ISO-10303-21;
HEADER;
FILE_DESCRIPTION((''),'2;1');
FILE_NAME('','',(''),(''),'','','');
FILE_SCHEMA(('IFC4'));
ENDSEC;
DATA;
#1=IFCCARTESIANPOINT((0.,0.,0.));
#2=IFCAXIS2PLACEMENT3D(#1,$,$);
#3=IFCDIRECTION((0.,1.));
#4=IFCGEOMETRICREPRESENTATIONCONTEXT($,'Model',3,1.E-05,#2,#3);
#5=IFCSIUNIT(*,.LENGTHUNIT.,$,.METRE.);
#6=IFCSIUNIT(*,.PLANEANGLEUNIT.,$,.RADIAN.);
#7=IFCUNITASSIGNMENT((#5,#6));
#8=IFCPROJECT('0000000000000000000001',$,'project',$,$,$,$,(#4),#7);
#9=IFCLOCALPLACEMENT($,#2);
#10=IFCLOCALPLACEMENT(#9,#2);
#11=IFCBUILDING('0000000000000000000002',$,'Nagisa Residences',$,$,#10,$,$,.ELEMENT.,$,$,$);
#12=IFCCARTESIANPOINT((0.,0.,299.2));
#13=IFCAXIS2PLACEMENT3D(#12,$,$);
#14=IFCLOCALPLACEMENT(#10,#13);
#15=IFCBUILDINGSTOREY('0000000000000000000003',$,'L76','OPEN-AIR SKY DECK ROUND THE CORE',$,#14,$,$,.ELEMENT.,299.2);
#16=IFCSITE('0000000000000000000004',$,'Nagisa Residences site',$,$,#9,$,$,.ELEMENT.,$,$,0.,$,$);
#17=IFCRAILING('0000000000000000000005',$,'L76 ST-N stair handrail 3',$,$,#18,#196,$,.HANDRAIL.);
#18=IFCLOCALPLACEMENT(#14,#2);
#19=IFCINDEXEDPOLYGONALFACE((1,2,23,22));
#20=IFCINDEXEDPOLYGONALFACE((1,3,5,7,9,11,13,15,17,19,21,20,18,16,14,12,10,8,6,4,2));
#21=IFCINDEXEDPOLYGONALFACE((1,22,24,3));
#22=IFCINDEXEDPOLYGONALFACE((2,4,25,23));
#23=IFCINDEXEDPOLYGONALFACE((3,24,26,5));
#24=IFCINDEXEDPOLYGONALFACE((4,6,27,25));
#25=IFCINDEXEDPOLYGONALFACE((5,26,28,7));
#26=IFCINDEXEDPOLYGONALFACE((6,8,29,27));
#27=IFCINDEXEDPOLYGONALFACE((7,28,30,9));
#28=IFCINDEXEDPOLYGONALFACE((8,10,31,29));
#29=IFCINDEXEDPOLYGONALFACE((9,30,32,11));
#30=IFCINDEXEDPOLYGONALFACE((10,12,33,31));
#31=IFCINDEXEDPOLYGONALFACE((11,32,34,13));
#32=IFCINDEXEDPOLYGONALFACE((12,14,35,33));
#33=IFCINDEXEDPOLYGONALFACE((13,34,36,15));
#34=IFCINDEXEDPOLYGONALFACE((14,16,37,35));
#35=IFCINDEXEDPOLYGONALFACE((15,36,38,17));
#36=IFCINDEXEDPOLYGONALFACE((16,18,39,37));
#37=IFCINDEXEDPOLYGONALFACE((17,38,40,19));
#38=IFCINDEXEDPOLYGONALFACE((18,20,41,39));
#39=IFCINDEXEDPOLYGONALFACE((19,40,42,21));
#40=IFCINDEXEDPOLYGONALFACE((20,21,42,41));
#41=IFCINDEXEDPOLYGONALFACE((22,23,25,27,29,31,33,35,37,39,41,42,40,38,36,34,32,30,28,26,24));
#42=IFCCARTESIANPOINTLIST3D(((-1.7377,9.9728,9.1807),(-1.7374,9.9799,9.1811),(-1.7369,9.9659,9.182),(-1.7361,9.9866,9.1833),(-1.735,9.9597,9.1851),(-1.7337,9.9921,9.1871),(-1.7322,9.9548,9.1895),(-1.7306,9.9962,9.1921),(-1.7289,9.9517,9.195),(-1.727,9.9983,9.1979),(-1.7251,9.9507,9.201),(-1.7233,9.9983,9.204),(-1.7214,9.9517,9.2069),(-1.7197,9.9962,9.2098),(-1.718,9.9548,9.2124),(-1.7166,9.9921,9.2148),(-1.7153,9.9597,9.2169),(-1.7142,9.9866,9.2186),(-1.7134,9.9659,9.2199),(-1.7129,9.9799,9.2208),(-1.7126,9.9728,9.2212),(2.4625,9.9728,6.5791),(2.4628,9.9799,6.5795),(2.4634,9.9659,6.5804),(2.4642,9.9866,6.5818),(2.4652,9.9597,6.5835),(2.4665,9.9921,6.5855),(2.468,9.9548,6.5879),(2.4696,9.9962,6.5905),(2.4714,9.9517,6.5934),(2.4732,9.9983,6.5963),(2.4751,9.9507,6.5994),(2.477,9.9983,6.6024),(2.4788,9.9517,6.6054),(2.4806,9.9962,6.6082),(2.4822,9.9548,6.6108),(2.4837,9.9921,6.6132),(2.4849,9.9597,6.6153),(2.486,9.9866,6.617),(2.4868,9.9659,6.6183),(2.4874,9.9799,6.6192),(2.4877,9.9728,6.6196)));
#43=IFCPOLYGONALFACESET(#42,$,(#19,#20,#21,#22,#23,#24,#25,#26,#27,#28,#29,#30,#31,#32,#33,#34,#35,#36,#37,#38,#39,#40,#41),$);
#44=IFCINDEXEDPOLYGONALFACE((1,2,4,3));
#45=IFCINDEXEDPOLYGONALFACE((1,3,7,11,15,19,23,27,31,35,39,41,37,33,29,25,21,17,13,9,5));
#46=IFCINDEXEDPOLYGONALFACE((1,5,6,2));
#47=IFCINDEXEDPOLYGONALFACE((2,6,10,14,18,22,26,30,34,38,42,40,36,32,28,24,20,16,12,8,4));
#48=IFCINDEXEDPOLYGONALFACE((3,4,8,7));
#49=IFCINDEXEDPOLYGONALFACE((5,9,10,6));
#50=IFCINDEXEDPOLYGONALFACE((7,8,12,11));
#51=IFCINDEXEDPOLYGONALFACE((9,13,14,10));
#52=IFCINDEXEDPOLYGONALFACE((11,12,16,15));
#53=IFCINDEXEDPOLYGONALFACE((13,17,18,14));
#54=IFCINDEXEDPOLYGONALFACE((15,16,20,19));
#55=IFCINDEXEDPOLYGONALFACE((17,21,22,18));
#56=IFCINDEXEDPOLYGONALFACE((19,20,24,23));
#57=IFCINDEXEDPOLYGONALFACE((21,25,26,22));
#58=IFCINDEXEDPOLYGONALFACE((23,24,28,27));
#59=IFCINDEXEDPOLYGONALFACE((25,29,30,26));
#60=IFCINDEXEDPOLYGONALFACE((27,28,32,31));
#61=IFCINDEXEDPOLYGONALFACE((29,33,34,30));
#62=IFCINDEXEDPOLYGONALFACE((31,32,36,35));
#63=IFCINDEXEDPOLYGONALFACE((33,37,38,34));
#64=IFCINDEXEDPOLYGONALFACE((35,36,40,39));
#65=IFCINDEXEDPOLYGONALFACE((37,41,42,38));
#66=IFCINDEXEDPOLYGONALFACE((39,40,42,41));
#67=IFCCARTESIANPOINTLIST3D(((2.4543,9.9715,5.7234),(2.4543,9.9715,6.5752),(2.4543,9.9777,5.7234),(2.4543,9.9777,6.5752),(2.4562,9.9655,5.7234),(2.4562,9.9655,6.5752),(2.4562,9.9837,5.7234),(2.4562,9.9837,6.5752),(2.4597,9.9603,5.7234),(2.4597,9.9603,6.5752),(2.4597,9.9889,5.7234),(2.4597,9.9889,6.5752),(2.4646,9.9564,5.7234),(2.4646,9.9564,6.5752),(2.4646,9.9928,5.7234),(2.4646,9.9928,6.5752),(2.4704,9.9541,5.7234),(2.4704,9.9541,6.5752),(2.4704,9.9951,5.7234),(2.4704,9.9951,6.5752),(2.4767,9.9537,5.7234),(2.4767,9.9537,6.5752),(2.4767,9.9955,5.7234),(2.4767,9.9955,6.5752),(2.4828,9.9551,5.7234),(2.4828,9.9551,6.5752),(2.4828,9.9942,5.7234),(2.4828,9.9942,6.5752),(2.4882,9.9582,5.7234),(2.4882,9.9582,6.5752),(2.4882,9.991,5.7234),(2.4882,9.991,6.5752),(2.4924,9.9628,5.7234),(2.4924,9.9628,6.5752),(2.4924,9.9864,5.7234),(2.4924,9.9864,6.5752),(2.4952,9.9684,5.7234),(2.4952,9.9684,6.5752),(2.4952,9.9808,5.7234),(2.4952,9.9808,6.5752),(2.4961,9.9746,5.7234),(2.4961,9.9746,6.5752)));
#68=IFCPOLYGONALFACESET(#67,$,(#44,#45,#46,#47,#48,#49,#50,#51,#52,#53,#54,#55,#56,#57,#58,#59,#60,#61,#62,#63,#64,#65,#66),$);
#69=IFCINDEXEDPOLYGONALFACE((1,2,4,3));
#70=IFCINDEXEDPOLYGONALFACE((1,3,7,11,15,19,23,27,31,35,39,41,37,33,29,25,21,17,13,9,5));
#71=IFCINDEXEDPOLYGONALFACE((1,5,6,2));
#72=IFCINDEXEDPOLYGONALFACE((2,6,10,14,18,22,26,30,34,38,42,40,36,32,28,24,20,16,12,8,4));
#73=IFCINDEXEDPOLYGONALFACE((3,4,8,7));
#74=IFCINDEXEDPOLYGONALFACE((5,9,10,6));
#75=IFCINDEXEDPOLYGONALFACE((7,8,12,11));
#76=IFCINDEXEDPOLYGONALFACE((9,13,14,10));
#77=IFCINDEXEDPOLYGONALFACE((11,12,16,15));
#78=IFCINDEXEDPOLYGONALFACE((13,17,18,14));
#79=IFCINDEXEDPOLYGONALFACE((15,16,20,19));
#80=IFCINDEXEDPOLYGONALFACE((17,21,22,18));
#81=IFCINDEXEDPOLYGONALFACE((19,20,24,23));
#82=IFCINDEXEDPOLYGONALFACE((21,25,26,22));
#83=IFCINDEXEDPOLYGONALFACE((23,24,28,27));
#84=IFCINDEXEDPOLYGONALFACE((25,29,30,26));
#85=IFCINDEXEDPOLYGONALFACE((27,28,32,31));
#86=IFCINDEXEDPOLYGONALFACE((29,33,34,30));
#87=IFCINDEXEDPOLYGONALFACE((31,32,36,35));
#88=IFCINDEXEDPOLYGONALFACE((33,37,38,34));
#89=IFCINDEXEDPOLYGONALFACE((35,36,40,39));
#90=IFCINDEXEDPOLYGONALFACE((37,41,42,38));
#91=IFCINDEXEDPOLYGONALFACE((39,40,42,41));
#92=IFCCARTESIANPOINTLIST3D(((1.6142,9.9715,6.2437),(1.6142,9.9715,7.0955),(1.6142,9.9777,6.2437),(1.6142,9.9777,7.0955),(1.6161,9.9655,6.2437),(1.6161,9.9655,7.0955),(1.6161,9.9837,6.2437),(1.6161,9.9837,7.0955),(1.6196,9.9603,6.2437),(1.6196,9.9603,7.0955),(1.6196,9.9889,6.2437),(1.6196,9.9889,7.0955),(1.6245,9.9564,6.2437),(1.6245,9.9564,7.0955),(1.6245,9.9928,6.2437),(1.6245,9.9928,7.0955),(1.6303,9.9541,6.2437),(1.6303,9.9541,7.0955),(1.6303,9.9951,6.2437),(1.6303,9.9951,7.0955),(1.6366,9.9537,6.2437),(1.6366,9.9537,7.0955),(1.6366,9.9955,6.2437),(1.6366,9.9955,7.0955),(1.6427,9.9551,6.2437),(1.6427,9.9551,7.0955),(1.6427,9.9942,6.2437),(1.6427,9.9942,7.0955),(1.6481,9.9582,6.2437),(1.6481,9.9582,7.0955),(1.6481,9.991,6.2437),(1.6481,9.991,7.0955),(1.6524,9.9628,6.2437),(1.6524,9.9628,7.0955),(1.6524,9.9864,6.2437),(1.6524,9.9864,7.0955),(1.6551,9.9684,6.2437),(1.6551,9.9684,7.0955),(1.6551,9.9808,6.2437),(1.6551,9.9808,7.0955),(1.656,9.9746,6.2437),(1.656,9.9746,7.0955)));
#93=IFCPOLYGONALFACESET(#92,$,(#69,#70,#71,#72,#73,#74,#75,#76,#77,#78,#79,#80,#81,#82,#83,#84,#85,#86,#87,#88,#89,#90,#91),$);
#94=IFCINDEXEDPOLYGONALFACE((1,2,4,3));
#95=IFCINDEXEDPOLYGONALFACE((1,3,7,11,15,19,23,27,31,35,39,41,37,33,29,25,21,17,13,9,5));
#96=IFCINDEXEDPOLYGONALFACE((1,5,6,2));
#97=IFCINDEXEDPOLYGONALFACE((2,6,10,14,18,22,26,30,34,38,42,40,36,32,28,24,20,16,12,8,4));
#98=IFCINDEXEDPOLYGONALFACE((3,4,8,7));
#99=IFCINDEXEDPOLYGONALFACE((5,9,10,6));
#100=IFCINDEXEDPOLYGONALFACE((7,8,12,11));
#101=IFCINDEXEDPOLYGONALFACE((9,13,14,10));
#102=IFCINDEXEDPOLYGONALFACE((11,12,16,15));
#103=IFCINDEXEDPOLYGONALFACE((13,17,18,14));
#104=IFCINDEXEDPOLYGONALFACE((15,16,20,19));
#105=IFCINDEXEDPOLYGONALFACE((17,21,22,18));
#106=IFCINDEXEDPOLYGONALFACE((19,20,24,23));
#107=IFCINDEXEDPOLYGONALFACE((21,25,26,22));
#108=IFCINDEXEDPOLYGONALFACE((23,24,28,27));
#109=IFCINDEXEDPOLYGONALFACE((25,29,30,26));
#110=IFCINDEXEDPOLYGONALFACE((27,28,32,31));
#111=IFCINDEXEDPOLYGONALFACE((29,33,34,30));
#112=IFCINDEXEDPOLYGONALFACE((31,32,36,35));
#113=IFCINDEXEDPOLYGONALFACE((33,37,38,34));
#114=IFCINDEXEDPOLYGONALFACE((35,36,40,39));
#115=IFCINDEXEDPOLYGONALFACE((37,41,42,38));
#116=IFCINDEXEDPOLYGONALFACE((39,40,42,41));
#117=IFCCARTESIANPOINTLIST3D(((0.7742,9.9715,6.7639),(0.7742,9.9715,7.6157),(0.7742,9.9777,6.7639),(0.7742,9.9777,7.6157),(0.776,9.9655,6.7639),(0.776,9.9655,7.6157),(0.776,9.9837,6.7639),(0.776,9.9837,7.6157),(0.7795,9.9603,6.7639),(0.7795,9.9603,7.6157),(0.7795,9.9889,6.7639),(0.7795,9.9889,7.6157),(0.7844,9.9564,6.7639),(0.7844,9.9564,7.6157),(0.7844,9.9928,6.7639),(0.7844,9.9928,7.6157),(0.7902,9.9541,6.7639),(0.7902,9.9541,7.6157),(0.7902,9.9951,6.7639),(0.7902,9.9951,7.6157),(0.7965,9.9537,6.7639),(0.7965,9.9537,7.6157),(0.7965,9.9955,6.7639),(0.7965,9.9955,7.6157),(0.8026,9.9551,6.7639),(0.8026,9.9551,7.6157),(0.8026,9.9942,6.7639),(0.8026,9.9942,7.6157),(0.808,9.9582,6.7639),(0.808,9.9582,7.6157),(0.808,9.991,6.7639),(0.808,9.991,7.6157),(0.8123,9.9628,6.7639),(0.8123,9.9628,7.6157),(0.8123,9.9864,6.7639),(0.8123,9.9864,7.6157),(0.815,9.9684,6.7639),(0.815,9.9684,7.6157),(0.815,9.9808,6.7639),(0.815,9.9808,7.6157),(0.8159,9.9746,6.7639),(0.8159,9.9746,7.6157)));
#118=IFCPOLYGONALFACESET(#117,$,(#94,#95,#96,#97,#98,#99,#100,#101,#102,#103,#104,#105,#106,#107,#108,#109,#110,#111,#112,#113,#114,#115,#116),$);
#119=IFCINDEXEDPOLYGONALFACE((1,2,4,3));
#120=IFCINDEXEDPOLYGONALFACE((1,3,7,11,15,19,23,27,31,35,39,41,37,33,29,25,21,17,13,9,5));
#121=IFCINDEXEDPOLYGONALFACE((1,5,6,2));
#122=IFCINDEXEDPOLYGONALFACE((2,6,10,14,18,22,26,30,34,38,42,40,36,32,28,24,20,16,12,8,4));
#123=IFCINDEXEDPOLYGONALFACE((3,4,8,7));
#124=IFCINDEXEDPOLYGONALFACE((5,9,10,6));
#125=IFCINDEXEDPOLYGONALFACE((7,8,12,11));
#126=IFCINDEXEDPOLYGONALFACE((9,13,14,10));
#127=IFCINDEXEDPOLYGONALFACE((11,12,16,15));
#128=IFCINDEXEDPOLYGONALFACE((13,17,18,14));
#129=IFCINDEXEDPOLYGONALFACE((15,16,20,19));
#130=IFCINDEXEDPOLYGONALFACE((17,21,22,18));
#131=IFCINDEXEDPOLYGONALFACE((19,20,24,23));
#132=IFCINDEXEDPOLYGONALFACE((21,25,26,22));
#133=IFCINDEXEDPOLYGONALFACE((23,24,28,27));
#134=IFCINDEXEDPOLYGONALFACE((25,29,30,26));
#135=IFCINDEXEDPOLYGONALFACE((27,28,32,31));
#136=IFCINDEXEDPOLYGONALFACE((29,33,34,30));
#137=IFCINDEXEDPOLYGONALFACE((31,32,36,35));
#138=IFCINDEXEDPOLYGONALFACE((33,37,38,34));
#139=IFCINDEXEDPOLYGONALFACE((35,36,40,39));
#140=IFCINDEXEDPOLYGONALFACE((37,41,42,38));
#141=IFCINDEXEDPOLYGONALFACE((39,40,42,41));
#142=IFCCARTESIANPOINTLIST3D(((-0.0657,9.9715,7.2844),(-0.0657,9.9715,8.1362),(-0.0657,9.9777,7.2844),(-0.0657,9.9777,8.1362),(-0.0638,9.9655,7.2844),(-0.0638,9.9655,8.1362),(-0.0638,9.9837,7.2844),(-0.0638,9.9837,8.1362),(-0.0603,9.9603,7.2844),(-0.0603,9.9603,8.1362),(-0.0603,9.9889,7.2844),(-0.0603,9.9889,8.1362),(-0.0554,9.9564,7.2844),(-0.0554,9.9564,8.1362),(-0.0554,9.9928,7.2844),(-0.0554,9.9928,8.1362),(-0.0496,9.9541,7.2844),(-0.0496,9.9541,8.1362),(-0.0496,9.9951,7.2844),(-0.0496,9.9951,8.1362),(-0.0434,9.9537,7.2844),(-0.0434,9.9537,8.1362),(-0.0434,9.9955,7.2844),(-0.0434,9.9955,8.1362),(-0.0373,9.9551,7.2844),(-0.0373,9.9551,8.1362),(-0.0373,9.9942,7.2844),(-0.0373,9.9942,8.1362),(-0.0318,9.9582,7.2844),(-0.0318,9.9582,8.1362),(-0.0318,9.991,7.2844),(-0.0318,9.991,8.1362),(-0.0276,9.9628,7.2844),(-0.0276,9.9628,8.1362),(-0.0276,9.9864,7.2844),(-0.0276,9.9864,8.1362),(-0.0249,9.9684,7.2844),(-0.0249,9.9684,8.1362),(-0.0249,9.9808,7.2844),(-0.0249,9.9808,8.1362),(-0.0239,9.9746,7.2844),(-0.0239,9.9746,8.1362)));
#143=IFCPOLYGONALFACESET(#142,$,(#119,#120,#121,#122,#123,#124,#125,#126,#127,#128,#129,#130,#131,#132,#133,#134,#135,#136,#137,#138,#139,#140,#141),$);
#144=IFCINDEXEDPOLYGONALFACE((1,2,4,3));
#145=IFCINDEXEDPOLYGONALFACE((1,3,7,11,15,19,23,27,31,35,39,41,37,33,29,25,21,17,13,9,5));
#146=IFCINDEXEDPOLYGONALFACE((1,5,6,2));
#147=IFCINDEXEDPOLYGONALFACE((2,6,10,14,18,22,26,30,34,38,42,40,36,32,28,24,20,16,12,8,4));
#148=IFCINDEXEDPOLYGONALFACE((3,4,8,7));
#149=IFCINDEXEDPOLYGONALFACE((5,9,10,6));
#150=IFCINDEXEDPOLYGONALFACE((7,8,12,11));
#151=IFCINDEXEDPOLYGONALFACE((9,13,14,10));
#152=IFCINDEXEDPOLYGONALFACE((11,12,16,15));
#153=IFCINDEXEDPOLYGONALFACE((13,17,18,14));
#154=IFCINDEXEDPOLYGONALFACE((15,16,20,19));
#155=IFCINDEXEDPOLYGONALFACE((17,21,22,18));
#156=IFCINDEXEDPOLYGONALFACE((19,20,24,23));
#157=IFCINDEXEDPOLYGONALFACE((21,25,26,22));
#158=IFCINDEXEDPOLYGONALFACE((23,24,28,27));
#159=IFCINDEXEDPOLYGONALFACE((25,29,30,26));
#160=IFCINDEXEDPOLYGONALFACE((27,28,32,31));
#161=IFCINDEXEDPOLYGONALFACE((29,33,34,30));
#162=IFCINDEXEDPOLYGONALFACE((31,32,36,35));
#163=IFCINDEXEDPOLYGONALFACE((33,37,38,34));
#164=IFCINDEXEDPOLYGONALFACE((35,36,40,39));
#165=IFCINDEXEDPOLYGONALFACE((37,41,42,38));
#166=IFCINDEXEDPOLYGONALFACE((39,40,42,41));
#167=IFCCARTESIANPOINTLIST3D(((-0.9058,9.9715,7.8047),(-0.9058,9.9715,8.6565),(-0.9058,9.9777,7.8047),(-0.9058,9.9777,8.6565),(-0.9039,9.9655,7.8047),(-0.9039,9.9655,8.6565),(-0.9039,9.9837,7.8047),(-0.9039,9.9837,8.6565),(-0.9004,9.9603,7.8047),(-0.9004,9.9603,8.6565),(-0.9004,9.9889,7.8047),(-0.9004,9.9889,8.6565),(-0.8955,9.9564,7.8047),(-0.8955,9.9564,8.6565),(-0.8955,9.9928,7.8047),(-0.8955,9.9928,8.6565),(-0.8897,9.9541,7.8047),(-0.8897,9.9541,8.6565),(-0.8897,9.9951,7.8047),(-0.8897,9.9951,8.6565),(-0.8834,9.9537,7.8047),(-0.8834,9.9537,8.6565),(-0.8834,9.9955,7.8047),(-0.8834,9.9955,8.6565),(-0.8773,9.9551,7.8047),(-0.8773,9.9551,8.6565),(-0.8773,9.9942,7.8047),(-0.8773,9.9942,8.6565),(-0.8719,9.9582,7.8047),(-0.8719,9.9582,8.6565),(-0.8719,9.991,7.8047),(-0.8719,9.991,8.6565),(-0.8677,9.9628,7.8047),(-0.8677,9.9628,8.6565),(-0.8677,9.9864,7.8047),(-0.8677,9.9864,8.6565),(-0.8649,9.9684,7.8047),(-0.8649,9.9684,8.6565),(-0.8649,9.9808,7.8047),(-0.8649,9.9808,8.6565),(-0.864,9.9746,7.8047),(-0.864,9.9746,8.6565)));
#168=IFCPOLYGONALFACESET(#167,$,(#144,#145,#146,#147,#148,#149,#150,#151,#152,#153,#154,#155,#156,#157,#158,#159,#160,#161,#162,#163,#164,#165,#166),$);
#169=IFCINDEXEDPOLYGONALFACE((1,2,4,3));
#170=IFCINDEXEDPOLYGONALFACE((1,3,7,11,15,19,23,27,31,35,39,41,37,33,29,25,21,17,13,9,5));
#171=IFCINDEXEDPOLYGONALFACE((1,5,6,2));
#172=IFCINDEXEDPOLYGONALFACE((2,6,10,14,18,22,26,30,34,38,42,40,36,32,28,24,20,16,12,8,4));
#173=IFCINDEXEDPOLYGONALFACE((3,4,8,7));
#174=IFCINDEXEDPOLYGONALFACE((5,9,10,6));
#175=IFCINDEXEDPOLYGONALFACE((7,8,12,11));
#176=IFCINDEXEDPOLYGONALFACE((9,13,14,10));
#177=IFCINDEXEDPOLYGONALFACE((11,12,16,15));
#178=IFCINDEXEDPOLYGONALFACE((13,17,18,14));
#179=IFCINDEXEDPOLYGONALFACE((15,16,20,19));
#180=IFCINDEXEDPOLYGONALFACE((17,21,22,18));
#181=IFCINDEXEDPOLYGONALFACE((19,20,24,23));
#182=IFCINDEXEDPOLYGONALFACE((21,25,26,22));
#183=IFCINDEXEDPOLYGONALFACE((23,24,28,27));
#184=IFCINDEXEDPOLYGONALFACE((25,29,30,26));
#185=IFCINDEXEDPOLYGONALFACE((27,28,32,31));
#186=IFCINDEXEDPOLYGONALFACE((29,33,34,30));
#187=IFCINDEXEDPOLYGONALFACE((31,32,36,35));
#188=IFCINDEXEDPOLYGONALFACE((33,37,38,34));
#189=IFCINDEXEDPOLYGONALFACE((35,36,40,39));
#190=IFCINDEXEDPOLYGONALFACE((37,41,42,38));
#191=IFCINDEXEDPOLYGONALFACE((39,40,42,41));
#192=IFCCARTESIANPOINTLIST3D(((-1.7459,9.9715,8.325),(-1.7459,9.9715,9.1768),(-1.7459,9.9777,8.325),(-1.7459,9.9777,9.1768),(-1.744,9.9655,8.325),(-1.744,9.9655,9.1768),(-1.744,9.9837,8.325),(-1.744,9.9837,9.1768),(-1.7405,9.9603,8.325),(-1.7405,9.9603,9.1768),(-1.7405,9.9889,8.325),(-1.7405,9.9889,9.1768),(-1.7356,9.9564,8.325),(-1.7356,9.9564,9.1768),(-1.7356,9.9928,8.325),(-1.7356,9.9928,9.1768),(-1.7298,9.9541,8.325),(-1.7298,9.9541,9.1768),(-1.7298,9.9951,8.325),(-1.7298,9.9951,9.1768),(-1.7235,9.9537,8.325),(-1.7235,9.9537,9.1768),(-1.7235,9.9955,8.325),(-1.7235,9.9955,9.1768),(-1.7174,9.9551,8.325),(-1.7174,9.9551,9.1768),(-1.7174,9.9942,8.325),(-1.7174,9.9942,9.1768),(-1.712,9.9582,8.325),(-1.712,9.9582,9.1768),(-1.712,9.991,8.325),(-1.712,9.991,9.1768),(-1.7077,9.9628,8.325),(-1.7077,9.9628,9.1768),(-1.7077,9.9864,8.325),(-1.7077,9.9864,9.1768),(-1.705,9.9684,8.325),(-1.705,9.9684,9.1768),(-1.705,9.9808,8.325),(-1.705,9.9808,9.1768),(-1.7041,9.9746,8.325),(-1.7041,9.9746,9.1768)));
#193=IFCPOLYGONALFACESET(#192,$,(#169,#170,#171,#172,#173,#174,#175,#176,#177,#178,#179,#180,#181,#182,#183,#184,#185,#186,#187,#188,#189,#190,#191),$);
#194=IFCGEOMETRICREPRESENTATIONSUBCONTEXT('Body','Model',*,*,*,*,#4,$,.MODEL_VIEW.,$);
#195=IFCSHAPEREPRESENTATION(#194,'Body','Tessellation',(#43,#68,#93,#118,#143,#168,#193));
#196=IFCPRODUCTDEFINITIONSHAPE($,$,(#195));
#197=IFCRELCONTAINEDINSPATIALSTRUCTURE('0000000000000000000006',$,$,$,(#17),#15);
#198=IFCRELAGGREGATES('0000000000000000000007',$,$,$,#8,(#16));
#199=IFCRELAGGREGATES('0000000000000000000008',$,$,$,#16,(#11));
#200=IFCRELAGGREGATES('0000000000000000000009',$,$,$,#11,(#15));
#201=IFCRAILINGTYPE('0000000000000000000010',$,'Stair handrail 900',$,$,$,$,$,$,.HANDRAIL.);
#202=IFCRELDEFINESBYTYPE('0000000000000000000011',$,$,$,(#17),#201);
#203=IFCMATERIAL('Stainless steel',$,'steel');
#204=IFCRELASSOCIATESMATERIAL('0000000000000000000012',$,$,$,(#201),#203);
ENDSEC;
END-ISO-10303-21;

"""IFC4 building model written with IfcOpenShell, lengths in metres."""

from ifc_helpers import new_model, si_unit, direction, frame, origin, origin_2d, place, context, subcontext, project, spatial, circle, extrude, material, type_object, element, save


model = new_model("IFC4")

# Units and contexts
model_context = context("Model", 3, precision=1e-05, world=origin(), true_north=direction((0.0, 1.0)))
body_context = subcontext(model_context, "Body", "Model", "MODEL_VIEW")
ifc_project = project(units=[si_unit("LENGTHUNIT", "METRE"), si_unit("PLANEANGLEUNIT", "RADIAN")], contexts=[model_context])

# Site, building, storey
site_placement = place(None, origin())
site = spatial("IfcSite", under=ifc_project, at=site_placement, Name="Nagisa Residences site", CompositionType="ELEMENT", RefElevation=0.0)
building_placement = place(site_placement, origin())
building = spatial("IfcBuilding", under=site, at=building_placement, Name="Nagisa Residences", CompositionType="ELEMENT")
storey_placement = place(building_placement, frame((0.0, 0.0, 299.2)))
storey = spatial("IfcBuildingStorey", under=building, at=storey_placement, Name="L76", Description="OPEN-AIR SKY DECK ROUND THE CORE", CompositionType="ELEMENT", Elevation=299.2)

# Railing
ifc_material_1 = material(Name="Stainless steel", Category="steel")
railing_type_1 = type_object("IfcRailingType", Name="Stair handrail 900", PredefinedType="HANDRAIL", material=ifc_material_1)
for number, where, name in (
    (1, (2.4751, 9.9746, 5.7234), "L76 ST-N stair handrail 3"),
):
    element("IfcRailing", number, at=place(storey_placement, frame(where)), inside=storey, type_object=railing_type_1, Name=name, PredefinedType="HANDRAIL", context=body_context, shape_type="SweptSolid", body=[
        extrude(circle(Radius=0.0239, at=origin_2d()), frame((0.0, 0.0, 0.876), z_axis=(-0.850135, 0.0, 0.526566), x_axis=(0.0, -1.0, 0.0)), (0.0, 0.0, 1.0), 4.9407),
        extrude(circle(Radius=0.021, at=origin_2d()), origin(), (0.0, 0.0, 1.0), 0.8518),
        extrude(circle(Radius=0.021, at=origin_2d()), frame((-0.8401, 0.0, 0.5203)), (0.0, 0.0, 1.0), 0.8518),
        extrude(circle(Radius=0.021, at=origin_2d()), frame((-1.6802, 0.0, 1.0405)), (0.0, 0.0, 1.0), 0.8518),
        extrude(circle(Radius=0.021, at=origin_2d()), frame((-2.52, 0.0, 1.561)), (0.0, 0.0, 1.0), 0.8518),
        extrude(circle(Radius=0.021, at=origin_2d()), frame((-3.3601, 0.0, 2.0813)), (0.0, 0.0, 1.0), 0.8518),
        extrude(circle(Radius=0.021, at=origin_2d()), frame((-4.2002, 0.0, 2.6016)), (0.0, 0.0, 1.0), 0.8518),
    ])

save(model, "model.ifc")
